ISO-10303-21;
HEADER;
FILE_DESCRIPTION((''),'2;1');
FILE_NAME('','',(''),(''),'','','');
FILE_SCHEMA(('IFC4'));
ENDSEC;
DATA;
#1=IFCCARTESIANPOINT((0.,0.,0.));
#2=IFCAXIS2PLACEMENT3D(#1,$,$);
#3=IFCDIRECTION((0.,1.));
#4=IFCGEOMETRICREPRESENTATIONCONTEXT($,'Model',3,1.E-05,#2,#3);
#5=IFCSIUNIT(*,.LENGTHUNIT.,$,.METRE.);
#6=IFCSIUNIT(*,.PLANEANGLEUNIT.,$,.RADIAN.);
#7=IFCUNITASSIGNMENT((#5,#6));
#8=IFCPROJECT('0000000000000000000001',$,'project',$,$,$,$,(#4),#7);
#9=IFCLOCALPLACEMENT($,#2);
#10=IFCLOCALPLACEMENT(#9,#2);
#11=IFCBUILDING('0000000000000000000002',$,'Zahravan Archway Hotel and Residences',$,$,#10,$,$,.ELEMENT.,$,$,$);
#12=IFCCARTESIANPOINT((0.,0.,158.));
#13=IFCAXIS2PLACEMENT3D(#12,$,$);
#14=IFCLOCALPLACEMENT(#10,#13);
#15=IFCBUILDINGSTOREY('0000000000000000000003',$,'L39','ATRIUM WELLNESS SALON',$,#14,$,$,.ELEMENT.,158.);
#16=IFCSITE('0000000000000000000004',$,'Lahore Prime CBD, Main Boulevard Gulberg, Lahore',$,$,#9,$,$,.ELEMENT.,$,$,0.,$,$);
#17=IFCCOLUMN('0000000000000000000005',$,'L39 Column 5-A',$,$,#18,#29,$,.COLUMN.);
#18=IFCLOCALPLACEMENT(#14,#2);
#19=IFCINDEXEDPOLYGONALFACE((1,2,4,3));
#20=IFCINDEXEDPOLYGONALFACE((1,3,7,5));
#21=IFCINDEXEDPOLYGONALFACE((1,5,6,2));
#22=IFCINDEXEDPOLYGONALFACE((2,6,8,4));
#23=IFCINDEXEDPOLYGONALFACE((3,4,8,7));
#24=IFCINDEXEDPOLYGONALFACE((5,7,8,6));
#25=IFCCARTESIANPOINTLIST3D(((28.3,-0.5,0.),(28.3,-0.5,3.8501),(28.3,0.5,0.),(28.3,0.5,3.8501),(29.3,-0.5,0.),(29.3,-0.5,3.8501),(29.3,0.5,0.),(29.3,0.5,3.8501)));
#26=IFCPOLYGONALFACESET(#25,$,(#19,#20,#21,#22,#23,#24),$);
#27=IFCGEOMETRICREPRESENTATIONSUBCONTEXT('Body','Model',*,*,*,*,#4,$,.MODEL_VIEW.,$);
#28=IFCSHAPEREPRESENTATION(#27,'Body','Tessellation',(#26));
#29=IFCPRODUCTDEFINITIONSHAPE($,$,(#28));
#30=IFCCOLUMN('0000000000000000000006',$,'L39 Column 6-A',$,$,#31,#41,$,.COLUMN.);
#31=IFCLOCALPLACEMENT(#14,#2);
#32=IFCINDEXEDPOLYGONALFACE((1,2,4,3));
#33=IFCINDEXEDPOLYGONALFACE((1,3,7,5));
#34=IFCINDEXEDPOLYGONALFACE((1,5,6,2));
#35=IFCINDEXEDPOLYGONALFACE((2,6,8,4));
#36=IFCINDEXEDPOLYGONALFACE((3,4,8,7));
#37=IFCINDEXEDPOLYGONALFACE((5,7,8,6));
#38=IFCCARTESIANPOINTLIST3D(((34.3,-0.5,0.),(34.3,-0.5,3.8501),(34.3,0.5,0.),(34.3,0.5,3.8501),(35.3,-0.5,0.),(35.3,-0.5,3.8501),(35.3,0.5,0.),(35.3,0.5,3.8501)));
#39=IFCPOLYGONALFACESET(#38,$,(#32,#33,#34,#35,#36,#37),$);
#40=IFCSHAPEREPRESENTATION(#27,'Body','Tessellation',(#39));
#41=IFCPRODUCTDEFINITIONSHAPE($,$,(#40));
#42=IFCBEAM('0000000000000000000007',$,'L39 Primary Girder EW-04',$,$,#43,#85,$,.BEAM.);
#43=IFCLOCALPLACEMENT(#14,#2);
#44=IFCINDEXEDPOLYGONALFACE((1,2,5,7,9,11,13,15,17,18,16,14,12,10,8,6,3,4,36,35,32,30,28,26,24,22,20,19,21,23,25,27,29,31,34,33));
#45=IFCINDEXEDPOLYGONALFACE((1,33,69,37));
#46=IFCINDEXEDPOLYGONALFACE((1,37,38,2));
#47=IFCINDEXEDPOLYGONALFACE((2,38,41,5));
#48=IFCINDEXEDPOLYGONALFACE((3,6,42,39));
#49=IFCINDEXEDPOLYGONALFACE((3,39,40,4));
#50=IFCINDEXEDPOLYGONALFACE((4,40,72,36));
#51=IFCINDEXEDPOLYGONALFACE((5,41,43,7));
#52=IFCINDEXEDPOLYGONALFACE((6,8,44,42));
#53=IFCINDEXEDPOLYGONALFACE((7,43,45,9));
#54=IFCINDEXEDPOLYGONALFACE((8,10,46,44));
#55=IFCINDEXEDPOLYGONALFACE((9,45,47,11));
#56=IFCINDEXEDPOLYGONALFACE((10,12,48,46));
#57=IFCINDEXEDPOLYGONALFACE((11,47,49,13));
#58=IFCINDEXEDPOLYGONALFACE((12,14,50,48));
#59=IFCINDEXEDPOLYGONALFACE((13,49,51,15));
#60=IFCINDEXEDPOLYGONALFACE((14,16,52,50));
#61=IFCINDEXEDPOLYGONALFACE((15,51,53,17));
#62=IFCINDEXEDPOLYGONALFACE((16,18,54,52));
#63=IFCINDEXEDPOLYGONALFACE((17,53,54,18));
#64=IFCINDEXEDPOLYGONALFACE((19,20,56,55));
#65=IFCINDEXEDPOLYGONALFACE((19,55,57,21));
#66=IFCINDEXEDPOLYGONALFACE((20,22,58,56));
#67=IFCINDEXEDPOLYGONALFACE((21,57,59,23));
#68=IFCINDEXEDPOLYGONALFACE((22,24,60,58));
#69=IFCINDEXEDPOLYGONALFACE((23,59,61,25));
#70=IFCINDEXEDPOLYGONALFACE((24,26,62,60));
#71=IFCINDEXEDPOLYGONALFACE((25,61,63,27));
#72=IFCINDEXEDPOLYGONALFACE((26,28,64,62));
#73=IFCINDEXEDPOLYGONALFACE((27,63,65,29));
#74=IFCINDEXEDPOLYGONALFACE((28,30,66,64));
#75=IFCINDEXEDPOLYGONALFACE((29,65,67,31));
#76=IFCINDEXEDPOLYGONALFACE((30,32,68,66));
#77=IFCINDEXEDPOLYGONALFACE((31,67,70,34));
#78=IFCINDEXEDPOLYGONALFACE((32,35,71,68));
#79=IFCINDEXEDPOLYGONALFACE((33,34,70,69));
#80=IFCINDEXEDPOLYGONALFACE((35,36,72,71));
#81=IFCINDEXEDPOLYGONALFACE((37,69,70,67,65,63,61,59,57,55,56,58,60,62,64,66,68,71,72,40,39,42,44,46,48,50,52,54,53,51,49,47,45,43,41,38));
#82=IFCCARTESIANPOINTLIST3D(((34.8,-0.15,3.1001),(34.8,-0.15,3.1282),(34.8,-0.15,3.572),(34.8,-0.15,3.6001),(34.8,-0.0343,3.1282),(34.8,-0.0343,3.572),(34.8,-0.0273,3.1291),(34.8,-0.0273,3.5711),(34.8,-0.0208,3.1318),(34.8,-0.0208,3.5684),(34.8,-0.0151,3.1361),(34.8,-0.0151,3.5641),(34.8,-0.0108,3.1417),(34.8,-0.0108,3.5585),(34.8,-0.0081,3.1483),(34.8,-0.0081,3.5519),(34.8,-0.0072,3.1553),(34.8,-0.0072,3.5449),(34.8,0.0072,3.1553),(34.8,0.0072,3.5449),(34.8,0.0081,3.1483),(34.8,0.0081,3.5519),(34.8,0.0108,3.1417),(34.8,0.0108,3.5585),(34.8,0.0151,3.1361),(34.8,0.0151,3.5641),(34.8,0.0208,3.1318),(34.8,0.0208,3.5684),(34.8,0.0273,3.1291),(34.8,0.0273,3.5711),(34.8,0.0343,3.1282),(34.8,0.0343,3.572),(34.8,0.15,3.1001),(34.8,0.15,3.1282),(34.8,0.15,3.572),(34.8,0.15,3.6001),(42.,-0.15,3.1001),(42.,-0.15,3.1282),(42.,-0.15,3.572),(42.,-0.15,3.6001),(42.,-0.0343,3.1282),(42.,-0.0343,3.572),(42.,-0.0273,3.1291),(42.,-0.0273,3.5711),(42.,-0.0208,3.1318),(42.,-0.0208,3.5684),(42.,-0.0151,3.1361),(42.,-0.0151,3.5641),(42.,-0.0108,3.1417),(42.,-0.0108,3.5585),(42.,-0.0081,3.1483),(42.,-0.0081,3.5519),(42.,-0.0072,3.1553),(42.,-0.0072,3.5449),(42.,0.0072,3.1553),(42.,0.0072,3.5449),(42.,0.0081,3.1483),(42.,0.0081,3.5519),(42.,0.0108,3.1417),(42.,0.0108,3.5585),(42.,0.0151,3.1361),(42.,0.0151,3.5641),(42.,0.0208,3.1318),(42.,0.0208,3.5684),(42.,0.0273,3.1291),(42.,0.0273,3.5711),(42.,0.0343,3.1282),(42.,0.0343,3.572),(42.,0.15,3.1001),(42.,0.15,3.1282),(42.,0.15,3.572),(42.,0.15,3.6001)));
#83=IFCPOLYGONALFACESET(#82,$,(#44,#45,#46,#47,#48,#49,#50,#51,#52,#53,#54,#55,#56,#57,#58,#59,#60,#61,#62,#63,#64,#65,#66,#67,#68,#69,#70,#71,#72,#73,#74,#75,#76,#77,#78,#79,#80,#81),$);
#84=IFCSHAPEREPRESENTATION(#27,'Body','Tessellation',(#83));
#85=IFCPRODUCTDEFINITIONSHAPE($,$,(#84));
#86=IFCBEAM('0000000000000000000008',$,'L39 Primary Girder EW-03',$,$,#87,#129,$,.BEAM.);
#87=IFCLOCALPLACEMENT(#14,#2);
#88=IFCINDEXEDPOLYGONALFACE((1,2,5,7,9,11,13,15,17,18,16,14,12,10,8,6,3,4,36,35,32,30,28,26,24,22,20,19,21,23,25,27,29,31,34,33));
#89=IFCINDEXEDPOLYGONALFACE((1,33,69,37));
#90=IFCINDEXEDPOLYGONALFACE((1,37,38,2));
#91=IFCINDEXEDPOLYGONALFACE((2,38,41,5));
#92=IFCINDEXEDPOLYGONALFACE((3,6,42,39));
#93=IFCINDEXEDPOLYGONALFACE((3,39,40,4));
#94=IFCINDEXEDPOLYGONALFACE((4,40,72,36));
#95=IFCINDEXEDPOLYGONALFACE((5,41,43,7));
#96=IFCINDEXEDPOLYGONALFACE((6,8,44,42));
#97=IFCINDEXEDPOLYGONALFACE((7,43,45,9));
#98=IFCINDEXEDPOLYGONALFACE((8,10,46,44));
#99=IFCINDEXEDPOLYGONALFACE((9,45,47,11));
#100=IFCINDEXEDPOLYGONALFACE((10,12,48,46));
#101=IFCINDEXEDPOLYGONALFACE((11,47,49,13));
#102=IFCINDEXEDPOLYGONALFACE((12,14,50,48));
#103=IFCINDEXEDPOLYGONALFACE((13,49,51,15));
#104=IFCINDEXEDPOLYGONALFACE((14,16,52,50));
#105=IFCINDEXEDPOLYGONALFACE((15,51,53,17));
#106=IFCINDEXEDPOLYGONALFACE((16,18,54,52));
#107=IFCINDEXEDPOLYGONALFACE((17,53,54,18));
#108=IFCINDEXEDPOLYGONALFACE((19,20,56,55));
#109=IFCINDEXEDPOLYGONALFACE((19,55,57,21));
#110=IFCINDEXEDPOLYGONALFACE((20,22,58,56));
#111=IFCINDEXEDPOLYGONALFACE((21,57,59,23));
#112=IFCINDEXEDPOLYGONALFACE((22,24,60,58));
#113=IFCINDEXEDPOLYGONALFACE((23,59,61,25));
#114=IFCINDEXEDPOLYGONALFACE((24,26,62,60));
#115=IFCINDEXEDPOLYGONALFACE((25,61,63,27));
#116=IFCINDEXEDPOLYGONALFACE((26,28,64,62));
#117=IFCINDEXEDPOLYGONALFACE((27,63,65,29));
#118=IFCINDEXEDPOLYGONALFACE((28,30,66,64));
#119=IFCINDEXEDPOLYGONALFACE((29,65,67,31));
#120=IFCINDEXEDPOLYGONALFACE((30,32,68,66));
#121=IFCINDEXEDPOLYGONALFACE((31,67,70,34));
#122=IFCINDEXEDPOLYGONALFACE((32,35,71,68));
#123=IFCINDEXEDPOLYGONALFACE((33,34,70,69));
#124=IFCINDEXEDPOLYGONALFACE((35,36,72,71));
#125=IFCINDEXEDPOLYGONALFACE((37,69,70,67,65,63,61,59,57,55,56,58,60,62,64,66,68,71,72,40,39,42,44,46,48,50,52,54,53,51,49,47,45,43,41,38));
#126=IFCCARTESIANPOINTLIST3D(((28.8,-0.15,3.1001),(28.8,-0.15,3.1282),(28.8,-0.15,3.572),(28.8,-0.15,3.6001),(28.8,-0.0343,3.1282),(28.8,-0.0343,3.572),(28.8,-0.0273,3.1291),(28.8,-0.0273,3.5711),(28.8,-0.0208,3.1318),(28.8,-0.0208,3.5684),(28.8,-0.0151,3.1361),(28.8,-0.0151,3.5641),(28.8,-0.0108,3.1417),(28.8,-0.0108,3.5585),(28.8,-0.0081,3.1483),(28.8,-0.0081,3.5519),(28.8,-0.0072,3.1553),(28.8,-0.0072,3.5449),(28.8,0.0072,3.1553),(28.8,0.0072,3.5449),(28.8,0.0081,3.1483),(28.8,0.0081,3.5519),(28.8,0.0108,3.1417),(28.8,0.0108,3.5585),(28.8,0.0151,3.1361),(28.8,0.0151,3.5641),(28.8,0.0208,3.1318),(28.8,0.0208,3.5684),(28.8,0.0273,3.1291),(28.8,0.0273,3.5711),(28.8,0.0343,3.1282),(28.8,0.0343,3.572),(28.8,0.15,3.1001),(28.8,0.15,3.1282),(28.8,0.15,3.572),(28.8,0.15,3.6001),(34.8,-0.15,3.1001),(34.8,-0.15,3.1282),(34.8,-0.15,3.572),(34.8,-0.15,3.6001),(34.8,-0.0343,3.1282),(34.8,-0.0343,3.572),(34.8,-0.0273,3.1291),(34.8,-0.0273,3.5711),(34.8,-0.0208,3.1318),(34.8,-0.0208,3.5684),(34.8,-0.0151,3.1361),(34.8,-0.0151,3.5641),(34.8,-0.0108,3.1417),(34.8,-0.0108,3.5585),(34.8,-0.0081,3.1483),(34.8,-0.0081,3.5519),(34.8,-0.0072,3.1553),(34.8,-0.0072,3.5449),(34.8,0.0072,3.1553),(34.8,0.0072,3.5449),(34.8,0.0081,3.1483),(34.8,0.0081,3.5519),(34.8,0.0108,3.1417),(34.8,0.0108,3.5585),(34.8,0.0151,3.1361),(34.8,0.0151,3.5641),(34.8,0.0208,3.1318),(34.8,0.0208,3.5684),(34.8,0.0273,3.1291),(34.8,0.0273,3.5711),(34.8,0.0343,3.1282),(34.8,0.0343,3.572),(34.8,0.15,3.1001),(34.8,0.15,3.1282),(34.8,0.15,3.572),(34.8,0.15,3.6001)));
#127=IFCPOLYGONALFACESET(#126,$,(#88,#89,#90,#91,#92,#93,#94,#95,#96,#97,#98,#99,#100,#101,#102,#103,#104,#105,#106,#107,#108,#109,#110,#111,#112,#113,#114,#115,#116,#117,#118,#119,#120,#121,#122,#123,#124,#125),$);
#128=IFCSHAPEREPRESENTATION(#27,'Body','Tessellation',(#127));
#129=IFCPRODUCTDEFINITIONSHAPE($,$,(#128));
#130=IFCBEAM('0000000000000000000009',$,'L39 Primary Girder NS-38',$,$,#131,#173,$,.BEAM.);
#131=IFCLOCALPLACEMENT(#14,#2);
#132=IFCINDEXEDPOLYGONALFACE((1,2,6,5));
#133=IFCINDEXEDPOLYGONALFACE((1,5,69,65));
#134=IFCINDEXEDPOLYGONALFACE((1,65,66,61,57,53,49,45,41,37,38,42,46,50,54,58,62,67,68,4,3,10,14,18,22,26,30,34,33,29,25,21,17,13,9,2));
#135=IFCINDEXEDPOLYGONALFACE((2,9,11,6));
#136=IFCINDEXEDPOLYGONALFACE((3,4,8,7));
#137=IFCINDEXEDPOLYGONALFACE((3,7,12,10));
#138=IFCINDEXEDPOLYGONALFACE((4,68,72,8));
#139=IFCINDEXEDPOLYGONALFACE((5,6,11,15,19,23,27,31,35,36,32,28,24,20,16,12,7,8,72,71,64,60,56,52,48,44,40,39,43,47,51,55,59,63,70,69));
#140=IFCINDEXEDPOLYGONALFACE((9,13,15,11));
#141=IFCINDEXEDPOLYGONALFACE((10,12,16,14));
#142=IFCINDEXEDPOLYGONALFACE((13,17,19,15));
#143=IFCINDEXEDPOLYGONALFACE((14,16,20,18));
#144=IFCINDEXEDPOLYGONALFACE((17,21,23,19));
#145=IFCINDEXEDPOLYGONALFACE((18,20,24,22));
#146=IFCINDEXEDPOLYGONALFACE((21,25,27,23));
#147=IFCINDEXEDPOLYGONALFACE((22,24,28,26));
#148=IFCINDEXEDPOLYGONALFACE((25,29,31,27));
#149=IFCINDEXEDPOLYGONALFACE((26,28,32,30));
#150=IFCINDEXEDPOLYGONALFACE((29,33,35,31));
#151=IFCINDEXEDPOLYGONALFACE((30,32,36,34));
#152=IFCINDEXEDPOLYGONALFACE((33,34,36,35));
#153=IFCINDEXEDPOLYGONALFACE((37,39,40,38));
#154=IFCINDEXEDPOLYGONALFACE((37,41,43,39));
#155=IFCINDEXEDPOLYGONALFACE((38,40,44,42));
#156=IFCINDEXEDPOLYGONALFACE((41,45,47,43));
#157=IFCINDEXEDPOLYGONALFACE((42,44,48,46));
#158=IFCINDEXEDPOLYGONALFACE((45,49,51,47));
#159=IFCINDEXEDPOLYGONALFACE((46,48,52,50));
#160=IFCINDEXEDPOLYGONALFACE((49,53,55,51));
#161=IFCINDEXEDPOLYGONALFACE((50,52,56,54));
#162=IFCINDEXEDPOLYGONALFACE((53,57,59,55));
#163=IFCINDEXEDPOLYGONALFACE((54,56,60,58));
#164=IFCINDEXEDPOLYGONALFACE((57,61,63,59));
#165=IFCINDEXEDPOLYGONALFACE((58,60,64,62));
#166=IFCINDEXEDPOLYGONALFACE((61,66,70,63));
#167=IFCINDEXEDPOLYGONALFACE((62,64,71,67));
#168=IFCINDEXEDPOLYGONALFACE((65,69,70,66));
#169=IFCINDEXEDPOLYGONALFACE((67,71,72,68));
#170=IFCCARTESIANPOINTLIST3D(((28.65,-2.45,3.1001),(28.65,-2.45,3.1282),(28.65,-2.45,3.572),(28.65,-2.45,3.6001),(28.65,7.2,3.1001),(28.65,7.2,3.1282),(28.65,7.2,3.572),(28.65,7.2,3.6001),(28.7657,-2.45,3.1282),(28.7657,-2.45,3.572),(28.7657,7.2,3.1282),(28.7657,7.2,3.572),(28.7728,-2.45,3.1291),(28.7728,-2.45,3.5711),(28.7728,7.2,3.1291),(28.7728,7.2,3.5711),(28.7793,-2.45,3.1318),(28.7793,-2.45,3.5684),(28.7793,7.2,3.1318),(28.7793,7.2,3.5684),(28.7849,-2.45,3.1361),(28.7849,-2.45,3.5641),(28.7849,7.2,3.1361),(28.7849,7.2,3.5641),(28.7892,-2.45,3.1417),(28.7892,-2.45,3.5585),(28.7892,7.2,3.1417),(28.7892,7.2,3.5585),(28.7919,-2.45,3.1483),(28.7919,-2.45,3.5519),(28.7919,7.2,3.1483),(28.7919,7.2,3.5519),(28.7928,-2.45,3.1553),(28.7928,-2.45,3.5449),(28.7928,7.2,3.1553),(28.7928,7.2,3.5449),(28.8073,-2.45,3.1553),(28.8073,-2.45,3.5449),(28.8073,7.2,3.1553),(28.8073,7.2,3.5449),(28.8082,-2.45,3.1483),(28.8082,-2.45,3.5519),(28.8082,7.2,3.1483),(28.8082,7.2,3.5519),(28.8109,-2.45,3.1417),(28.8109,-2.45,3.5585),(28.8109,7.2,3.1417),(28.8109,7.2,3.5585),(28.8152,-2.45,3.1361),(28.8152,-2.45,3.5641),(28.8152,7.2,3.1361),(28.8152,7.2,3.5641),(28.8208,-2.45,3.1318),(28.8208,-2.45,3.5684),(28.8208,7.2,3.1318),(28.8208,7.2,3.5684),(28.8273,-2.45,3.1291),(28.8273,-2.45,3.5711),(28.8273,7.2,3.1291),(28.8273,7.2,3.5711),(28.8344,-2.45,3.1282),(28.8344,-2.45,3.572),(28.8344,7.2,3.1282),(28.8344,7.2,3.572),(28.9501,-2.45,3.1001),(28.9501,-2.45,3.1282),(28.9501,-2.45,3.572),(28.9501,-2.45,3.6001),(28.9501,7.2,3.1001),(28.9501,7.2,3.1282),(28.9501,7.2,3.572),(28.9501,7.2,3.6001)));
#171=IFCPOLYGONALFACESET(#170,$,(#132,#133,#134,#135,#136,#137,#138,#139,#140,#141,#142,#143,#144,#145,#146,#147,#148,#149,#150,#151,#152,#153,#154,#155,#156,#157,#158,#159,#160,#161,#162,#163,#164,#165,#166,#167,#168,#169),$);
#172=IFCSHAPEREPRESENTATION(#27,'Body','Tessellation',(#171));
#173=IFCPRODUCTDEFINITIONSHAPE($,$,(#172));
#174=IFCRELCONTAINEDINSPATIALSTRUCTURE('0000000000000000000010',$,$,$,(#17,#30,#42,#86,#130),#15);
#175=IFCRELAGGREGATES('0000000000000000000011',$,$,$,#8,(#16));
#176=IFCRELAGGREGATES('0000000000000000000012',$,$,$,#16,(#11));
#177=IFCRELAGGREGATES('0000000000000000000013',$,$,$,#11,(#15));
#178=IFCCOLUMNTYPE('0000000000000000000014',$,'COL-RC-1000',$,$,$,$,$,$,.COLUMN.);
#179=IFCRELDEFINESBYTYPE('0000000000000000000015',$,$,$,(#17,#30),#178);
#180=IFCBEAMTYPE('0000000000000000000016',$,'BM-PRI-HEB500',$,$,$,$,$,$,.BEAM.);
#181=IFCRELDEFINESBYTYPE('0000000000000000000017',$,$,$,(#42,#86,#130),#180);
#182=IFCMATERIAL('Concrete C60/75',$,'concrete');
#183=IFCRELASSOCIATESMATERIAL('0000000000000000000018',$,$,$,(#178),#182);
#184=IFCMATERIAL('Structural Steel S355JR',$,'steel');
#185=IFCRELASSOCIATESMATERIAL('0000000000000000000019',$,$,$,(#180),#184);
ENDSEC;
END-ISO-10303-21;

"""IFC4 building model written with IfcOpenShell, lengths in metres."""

from ifc_helpers import new_model, si_unit, direction, frame, origin, origin_2d, place, context, subcontext, project, spatial, rectangle, i_section, extrude, source, transform, mapped, material, material_profile, profile_set, type_object, element, save


model = new_model("IFC4")

# Units and contexts
model_context = context("Model", 3, precision=1e-05, world=origin(), true_north=direction((0.0, 1.0)))
body_context = subcontext(model_context, "Body", "Model", "MODEL_VIEW")
ifc_project = project(units=[si_unit("LENGTHUNIT", "METRE"), si_unit("PLANEANGLEUNIT", "RADIAN")], contexts=[model_context])

# Site, building, storey
site_placement = place(None, origin())
site = spatial("IfcSite", under=ifc_project, at=site_placement, Name="Lahore Prime CBD, Main Boulevard Gulberg, Lahore", CompositionType="ELEMENT", RefElevation=0.0)
building_placement = place(site_placement, origin())
building = spatial("IfcBuilding", under=site, at=building_placement, Name="Zahravan Archway Hotel and Residences", CompositionType="ELEMENT")
storey_placement = place(building_placement, frame((0.0, 0.0, 158.0)))
storey = spatial("IfcBuildingStorey", under=building, at=storey_placement, Name="L39", Description="ATRIUM WELLNESS SALON", CompositionType="ELEMENT", Elevation=158.0)

# Columns
ifc_material_1 = material(Name="Concrete C60/75", Category="concrete")
ifc_material_profile_1 = material_profile(ifc_material_1, rectangle(XDim=1.0, YDim=1.0, at=origin_2d()), Name="RC-COL-1000x1000", Category="concrete")
ifc_profile_set_1 = profile_set([ifc_material_profile_1], Name="Concrete C60/75")
column_type = type_object("IfcColumnType", Name="COL-RC-1000", PredefinedType="COLUMN", material=ifc_profile_set_1)
shared_shape_1 = source(origin(), body_context, "Body", "SweptSolid", [
    extrude(rectangle(XDim=1.0, YDim=1.0, at=origin_2d()), origin(), (0.0, 0.0, 1.0), 3.8501),
])
for number, where, z_axis, x_axis, name in (
    (1, (28.8, 0.0, 0.0), (0.0, 0.0, 1.0), (1.0, 0.0, 0.0), "L39 Column 5-A"),
    (2, (34.8, 0.0, 0.0), (0.0, 0.0, 1.0), (1.0, 0.0, 0.0), "L39 Column 6-A"),
):
    element("IfcColumn", number, at=place(storey_placement, frame(where, z_axis=z_axis, x_axis=x_axis)), inside=storey, type_object=column_type, Name=name, PredefinedType="COLUMN", context=body_context, shape_type="MappedRepresentation", body=[
        mapped(shared_shape_1, transform((0.0, 0.0, 0.0), scale=1.0)),
    ])

# Beams
ifc_material_2 = material(Name="Structural Steel S355JR", Category="steel")
ifc_material_profile_2 = material_profile(ifc_material_2, i_section(OverallWidth=0.3, OverallDepth=0.5, WebThickness=0.0144, FlangeThickness=0.0281, FilletRadius=0.0271, at=origin_2d()), Name="HEB 500", Category="steel")
ifc_profile_set_2 = profile_set([ifc_material_profile_2], Name="Structural Steel S355JR")
beam_type_1 = type_object("IfcBeamType", Name="BM-PRI-HEB500", PredefinedType="BEAM", material=ifc_profile_set_2)
shared_shape_2 = source(origin(), body_context, "Body", "SweptSolid", [
    extrude(i_section(OverallWidth=0.3, OverallDepth=0.5, WebThickness=0.0144, FlangeThickness=0.0281, FilletRadius=0.0271, at=origin_2d()), origin(), (0.0, 0.0, 1.0), 7.2),
])
beam_1_placement = place(storey_placement, frame((34.8, 0.0, 3.3501), z_axis=(1.0, 0.0, 0.0), x_axis=(0.0, 1.0, 0.0)))
element("IfcBeam", 3, at=beam_1_placement, inside=storey, type_object=beam_type_1, Name="L39 Primary Girder EW-04", PredefinedType="BEAM", context=body_context, shape_type="MappedRepresentation", body=[
    mapped(shared_shape_2, transform((0.0, 0.0, 0.0), scale=1.0)),
])
shared_shape_3 = source(origin(), body_context, "Body", "SweptSolid", [
    extrude(i_section(OverallWidth=0.3, OverallDepth=0.5, WebThickness=0.0144, FlangeThickness=0.0281, FilletRadius=0.0271, at=origin_2d()), origin(), (0.0, 0.0, 1.0), 6.0),
])
beam_2_placement = place(storey_placement, frame((28.8, 0.0, 3.3501), z_axis=(1.0, 0.0, 0.0), x_axis=(0.0, 1.0, 0.0)))
element("IfcBeam", 4, at=beam_2_placement, inside=storey, type_object=beam_type_1, Name="L39 Primary Girder EW-03", PredefinedType="BEAM", context=body_context, shape_type="MappedRepresentation", body=[
    mapped(shared_shape_3, transform((0.0, 0.0, 0.0), scale=1.0)),
])
shared_shape_4 = source(origin(), body_context, "Body", "SweptSolid", [
    extrude(i_section(OverallWidth=0.3, OverallDepth=0.5, WebThickness=0.0144, FlangeThickness=0.0281, FilletRadius=0.0271, at=origin_2d()), origin(), (0.0, 0.0, 1.0), 9.6499),
])
beam_3_placement = place(storey_placement, frame((28.8, -2.45, 3.3501), z_axis=(0.0, 1.0, 0.0), x_axis=(-1.0, 0.0, 0.0)))
element("IfcBeam", 5, at=beam_3_placement, inside=storey, type_object=beam_type_1, Name="L39 Primary Girder NS-38", PredefinedType="BEAM", context=body_context, shape_type="MappedRepresentation", body=[
    mapped(shared_shape_4, transform((0.0, 0.0, 0.0), scale=1.0)),
])

save(model, "model.ifc")
